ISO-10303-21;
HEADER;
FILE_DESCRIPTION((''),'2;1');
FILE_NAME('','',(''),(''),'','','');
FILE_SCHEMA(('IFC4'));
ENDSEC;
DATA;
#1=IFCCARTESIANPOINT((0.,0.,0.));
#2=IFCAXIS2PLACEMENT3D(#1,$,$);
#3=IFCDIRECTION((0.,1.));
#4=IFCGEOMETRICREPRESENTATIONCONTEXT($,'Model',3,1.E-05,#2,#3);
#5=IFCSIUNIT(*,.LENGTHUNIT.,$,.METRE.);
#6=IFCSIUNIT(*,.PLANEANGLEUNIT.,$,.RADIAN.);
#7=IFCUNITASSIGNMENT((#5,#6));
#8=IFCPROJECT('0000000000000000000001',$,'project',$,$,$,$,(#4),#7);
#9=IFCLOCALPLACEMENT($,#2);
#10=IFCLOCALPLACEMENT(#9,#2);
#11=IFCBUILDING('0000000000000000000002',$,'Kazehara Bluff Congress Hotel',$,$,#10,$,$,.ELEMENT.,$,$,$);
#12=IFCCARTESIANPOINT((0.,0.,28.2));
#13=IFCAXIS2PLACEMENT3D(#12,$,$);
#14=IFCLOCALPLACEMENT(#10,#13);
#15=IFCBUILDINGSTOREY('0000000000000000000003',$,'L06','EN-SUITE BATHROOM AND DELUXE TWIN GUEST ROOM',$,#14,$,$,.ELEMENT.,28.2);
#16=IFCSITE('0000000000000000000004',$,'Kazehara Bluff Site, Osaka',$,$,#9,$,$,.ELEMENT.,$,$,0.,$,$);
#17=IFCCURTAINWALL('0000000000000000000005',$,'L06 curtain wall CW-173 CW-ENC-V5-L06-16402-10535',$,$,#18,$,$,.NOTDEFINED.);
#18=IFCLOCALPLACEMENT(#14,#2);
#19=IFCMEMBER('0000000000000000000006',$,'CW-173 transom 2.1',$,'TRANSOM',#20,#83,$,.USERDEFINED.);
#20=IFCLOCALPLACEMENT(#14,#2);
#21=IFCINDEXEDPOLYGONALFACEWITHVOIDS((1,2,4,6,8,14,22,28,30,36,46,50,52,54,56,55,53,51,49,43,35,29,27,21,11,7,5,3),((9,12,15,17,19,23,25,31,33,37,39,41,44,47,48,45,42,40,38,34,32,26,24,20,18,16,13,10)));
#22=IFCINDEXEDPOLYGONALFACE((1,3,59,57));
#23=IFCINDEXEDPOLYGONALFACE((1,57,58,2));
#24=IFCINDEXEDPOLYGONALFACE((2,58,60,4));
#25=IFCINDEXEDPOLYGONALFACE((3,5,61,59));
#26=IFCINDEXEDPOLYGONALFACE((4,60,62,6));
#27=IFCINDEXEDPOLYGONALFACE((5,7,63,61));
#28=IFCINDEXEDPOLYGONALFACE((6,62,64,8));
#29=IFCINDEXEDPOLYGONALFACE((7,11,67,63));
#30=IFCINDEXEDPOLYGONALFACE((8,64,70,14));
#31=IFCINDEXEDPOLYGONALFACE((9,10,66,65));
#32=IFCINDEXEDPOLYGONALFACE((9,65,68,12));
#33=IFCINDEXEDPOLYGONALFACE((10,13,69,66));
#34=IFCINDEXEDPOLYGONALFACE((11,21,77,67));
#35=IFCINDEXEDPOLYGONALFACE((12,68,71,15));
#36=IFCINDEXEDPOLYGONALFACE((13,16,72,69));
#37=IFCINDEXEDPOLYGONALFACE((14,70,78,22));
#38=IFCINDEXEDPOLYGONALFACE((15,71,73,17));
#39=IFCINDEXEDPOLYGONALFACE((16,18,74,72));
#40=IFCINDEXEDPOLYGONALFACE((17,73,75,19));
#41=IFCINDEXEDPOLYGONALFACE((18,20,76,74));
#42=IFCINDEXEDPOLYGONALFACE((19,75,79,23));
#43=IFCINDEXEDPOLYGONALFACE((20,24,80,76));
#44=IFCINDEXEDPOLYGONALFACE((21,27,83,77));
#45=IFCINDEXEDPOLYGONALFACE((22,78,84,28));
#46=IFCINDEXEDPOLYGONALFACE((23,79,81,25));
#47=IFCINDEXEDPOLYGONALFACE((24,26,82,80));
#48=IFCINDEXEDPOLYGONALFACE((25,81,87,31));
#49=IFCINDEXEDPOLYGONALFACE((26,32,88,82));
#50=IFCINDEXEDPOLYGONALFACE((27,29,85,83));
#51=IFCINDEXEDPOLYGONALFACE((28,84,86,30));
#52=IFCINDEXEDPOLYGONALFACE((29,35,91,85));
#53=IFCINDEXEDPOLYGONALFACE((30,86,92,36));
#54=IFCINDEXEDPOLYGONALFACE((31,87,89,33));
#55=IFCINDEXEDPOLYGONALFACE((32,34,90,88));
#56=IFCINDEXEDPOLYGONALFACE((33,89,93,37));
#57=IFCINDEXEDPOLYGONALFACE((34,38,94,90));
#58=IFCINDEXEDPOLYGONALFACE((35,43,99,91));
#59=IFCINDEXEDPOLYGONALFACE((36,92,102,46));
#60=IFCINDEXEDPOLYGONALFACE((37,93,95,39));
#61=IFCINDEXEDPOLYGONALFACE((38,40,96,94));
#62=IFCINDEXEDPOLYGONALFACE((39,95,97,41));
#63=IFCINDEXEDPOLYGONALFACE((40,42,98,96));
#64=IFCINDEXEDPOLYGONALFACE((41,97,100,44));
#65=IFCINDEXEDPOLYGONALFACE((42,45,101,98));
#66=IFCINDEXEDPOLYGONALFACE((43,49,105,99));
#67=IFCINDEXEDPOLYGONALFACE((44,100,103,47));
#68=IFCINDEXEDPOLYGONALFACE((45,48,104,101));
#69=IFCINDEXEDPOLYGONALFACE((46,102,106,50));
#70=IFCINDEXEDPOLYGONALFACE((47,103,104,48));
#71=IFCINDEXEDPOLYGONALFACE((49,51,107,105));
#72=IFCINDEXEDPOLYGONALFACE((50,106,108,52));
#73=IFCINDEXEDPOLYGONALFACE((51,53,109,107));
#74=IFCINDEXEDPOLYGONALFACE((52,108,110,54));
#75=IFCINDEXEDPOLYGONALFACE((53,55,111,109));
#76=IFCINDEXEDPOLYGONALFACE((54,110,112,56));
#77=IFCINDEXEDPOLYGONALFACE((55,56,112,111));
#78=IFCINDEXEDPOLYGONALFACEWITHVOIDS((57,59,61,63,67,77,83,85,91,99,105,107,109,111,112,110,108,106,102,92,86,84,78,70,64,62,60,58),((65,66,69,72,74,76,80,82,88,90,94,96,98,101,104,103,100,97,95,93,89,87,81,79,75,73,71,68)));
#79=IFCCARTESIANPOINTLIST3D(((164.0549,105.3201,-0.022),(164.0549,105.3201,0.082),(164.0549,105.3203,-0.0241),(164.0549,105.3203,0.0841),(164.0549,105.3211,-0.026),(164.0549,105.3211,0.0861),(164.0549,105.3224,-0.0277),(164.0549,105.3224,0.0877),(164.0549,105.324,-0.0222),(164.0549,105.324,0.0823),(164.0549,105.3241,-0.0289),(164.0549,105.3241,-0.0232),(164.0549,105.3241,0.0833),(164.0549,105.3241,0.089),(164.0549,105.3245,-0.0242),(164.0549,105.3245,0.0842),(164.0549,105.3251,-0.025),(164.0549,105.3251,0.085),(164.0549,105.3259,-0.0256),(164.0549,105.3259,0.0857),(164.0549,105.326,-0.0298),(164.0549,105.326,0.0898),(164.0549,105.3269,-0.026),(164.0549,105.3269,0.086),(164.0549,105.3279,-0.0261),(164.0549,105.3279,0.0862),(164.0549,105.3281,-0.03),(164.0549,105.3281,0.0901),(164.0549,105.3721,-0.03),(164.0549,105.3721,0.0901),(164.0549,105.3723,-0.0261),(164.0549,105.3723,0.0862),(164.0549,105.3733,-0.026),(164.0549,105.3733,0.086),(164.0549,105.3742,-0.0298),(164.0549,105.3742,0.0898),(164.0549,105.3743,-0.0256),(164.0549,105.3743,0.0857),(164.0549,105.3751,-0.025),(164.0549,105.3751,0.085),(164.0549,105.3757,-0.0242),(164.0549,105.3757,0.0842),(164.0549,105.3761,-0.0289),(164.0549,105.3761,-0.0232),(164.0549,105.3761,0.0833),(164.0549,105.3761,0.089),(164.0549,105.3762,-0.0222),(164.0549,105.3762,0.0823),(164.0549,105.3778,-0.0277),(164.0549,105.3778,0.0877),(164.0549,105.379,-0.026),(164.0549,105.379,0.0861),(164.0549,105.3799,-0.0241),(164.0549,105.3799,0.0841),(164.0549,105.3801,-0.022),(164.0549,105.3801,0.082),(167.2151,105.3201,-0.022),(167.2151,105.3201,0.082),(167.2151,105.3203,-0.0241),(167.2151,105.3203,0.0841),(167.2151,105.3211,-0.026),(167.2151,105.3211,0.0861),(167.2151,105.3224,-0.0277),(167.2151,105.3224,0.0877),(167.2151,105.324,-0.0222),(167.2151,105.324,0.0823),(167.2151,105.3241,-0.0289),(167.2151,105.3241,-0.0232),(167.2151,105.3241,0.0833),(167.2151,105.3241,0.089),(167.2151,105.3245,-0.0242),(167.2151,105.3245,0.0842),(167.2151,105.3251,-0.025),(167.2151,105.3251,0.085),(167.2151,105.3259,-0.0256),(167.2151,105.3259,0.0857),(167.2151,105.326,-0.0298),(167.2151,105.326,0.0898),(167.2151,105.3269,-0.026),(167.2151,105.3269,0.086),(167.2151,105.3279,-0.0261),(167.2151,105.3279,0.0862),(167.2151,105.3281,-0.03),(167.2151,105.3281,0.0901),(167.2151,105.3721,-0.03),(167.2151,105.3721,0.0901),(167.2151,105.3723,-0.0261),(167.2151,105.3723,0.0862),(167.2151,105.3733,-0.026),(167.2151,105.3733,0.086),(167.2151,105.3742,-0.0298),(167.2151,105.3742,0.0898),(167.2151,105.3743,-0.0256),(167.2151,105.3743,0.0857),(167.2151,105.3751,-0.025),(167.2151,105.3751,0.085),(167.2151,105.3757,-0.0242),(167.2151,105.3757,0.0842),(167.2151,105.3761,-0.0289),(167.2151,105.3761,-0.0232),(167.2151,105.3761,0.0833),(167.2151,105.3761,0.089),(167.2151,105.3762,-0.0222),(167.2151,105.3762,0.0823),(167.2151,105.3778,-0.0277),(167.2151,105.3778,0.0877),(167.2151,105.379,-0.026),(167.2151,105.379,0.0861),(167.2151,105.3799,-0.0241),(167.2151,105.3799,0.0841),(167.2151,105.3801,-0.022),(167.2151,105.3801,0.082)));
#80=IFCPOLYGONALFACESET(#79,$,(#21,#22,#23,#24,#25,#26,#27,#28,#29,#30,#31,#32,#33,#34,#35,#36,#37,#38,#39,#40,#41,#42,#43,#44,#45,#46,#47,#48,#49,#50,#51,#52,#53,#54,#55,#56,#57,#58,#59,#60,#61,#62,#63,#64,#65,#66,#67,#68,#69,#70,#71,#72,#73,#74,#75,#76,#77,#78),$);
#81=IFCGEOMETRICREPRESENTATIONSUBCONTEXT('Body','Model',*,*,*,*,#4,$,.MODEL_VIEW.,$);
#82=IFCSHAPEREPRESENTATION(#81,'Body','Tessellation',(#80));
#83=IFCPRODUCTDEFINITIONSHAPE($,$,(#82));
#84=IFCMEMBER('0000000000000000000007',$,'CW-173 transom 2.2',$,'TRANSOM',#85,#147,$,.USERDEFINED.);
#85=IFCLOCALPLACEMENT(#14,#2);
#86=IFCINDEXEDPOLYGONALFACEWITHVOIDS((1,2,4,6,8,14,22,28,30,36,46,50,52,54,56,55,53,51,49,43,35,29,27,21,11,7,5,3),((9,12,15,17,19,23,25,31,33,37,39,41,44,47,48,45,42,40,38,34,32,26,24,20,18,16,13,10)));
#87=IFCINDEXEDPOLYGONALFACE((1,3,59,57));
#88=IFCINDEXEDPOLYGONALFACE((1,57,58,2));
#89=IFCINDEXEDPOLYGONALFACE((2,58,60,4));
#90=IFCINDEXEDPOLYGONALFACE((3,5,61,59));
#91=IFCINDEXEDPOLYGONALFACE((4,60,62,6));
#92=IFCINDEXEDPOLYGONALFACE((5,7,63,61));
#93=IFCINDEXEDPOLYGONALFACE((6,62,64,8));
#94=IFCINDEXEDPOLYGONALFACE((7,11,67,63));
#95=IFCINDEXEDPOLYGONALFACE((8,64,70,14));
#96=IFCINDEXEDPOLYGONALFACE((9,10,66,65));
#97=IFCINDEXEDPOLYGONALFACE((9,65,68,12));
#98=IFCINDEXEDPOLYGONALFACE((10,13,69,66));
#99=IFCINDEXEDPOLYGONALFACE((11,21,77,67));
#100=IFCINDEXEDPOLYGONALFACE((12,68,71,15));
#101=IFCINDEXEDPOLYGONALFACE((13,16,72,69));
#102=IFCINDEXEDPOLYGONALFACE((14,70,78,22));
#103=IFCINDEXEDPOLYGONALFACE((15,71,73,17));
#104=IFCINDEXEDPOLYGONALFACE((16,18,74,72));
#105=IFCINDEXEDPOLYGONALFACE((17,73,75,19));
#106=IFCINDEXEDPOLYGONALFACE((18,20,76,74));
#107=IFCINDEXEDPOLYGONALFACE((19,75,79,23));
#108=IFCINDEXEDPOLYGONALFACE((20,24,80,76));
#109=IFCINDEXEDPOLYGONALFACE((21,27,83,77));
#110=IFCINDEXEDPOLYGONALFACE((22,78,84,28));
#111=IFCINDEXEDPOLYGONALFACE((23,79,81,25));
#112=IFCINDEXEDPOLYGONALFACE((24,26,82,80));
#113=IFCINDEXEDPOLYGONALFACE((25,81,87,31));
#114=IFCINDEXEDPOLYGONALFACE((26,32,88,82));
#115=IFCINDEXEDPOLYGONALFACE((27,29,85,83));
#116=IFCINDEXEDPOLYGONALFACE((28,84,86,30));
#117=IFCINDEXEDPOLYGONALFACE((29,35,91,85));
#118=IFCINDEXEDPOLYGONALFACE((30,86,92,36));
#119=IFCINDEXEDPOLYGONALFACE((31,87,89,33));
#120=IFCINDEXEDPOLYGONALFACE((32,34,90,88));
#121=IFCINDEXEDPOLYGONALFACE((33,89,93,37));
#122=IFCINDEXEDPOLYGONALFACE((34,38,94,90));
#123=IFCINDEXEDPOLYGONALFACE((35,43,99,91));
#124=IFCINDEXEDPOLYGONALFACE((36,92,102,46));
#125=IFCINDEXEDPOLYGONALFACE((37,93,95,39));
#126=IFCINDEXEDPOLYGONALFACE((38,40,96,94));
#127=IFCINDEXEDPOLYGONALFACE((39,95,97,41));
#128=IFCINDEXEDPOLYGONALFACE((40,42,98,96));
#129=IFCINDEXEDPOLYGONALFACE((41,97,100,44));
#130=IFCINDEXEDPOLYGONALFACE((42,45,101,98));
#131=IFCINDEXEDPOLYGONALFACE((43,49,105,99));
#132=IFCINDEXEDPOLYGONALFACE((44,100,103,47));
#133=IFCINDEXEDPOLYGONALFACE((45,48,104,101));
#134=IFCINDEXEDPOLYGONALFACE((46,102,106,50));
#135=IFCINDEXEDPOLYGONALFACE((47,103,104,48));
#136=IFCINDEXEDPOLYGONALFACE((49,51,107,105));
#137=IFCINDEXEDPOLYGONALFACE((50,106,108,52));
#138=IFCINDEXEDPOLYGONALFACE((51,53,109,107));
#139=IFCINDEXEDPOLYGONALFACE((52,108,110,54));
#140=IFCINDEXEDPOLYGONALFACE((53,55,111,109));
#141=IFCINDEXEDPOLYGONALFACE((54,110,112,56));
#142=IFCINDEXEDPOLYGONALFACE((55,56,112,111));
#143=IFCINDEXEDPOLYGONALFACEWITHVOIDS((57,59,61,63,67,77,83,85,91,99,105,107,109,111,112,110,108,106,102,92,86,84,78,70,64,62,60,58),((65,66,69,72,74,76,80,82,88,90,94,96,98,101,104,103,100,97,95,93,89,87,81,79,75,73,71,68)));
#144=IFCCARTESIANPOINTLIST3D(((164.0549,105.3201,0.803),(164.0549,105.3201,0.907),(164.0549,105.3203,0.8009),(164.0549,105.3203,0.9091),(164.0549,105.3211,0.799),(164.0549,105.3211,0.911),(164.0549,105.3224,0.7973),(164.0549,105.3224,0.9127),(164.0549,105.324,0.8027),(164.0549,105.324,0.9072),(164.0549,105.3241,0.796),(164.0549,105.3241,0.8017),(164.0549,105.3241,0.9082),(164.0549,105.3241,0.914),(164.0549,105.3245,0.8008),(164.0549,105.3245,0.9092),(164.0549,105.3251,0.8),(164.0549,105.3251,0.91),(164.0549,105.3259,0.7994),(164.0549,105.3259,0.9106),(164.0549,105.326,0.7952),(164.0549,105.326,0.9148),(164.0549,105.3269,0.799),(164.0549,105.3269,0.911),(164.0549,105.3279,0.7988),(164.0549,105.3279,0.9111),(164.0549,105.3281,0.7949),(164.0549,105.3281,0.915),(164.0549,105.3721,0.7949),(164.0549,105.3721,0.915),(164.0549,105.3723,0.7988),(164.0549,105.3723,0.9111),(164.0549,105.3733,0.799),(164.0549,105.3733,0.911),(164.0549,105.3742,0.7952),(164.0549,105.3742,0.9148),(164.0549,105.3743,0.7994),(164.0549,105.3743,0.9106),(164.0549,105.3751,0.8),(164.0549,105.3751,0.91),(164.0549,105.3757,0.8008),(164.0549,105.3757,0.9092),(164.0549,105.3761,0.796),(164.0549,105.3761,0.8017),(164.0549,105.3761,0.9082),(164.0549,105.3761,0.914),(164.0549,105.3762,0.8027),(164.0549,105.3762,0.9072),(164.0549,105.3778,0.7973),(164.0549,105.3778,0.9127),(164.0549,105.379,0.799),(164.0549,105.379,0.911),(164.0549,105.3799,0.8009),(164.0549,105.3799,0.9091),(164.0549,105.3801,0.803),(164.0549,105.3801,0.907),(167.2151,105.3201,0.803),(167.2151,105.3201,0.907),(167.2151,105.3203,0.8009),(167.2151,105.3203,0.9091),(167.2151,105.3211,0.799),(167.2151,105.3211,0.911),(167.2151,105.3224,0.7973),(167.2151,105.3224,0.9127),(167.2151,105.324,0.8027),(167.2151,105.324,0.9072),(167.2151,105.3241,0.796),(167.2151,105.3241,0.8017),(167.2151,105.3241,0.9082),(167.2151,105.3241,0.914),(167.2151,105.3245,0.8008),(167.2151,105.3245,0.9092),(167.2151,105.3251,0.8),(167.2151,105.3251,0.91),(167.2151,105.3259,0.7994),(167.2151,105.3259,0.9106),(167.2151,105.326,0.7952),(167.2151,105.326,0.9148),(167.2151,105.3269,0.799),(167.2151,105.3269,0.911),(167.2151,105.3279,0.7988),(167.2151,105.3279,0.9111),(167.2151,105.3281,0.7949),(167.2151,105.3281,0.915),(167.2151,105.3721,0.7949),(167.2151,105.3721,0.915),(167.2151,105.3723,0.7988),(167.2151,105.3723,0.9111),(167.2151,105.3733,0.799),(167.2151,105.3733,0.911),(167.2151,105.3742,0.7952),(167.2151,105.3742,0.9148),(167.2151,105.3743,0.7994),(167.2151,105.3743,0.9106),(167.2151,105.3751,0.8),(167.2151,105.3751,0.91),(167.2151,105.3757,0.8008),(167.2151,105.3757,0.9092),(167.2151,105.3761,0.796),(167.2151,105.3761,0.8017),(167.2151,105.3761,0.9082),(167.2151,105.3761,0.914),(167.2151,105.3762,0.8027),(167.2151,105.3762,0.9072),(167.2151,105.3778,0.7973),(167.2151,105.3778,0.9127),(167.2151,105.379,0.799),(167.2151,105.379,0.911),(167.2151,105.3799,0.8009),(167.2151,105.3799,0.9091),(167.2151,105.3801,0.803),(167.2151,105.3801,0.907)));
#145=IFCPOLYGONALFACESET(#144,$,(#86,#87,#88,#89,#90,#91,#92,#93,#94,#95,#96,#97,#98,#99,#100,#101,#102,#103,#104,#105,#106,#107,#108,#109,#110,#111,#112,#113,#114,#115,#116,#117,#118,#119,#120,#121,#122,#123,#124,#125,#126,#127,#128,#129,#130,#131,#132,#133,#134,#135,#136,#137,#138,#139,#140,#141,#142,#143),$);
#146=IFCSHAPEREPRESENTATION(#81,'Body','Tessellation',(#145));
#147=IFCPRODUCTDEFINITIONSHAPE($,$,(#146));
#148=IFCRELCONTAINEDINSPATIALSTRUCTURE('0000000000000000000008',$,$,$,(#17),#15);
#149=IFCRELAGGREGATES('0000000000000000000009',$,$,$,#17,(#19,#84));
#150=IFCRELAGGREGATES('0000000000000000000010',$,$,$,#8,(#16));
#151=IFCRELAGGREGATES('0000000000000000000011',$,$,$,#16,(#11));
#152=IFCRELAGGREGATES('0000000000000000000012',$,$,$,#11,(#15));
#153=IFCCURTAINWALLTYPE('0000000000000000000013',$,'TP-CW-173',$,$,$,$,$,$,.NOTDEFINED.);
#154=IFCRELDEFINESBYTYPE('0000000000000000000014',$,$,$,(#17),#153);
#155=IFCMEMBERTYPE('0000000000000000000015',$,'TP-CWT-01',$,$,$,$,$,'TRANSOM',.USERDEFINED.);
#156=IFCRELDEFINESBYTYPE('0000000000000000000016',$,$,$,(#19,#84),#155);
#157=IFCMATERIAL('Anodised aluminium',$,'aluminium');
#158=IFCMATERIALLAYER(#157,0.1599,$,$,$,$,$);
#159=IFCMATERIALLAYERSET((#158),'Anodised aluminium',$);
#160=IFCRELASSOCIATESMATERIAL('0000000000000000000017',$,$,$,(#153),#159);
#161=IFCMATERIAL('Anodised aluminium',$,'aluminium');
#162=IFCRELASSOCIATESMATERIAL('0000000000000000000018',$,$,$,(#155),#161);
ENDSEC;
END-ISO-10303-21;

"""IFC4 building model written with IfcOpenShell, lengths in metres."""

from ifc_helpers import new_model, si_unit, direction, frame, origin, origin_2d, place, context, subcontext, project, spatial, hollow_rectangle, extrude, material, layer, layer_set, material_profile, profile_set, type_object, element, aggregate, save


model = new_model("IFC4")

# Units and contexts
model_context = context("Model", 3, precision=1e-05, world=origin(), true_north=direction((0.0, 1.0)))
body_context = subcontext(model_context, "Body", "Model", "MODEL_VIEW")
ifc_project = project(units=[si_unit("LENGTHUNIT", "METRE"), si_unit("PLANEANGLEUNIT", "RADIAN")], contexts=[model_context])

# Site, building, storey
site_placement = place(None, origin())
site = spatial("IfcSite", under=ifc_project, at=site_placement, Name="Kazehara Bluff Site, Osaka", CompositionType="ELEMENT", RefElevation=0.0)
building_placement = place(site_placement, origin())
building = spatial("IfcBuilding", under=site, at=building_placement, Name="Kazehara Bluff Congress Hotel", CompositionType="ELEMENT")
storey_placement = place(building_placement, frame((0.0, 0.0, 28.2)))
storey = spatial("IfcBuildingStorey", under=building, at=storey_placement, Name="L06", Description="EN-SUITE BATHROOM AND DELUXE TWIN GUEST ROOM", CompositionType="ELEMENT", Elevation=28.2)

# Curtain wall, members
ifc_material_1 = material(Name="Anodised aluminium", Category="aluminium")
ifc_layer_1 = layer(ifc_material_1, 0.1599)
ifc_layer_set_1 = layer_set([ifc_layer_1], Name="Anodised aluminium")
curtain_wall_type = type_object("IfcCurtainWallType", Name="TP-CW-173", PredefinedType="NOTDEFINED", material=ifc_layer_set_1)
curtain_wall_placement = place(storey_placement, origin())
curtain_wall = element("IfcCurtainWall", 1, at=curtain_wall_placement, inside=storey, type_object=curtain_wall_type, Name="L06 curtain wall CW-173 CW-ENC-V5-L06-16402-10535", PredefinedType="NOTDEFINED")
ifc_material_2 = material(Name="Anodised aluminium", Category="aluminium")
ifc_material_profile_1 = material_profile(ifc_material_2, hollow_rectangle(XDim=0.0601, YDim=0.1201, WallThickness=0.0039, InnerFilletRadius=0.0039, OuterFilletRadius=0.0081, at=origin_2d()))
ifc_profile_set_1 = profile_set([ifc_material_profile_1], Name="Anodised aluminium")
member_type_1 = type_object("IfcMemberType", Name="TP-CWT-01", ElementType="TRANSOM", PredefinedType="USERDEFINED", material=ifc_profile_set_1)
member_1_placement = place(storey_placement, frame((164.0549, 105.3501, 0.03), z_axis=(1.0, 0.0, 0.0), x_axis=(0.0, 1.0, 0.0)))
member_1 = element("IfcMember", 2, at=member_1_placement, type_object=member_type_1, Name="CW-173 transom 2.1", ObjectType="TRANSOM", PredefinedType="USERDEFINED", context=body_context, shape_type="SweptSolid", body=[
    extrude(hollow_rectangle(XDim=0.0601, YDim=0.1201, WallThickness=0.0039, InnerFilletRadius=0.0039, OuterFilletRadius=0.0081, at=origin_2d()), origin(), (0.0, 0.0, 1.0), 3.1602),
])
member_2_placement = place(storey_placement, frame((164.0549, 105.3501, 0.855), z_axis=(1.0, 0.0, 0.0), x_axis=(0.0, 1.0, 0.0)))
member_2 = element("IfcMember", 3, at=member_2_placement, type_object=member_type_1, Name="CW-173 transom 2.2", ObjectType="TRANSOM", PredefinedType="USERDEFINED", context=body_context, shape_type="SweptSolid", body=[
    extrude(hollow_rectangle(XDim=0.0601, YDim=0.1201, WallThickness=0.0039, InnerFilletRadius=0.0039, OuterFilletRadius=0.0081, at=origin_2d()), origin(), (0.0, 0.0, 1.0), 3.1602),
])

aggregate(curtain_wall, [member_1, member_2])

save(model, "model.ifc")
